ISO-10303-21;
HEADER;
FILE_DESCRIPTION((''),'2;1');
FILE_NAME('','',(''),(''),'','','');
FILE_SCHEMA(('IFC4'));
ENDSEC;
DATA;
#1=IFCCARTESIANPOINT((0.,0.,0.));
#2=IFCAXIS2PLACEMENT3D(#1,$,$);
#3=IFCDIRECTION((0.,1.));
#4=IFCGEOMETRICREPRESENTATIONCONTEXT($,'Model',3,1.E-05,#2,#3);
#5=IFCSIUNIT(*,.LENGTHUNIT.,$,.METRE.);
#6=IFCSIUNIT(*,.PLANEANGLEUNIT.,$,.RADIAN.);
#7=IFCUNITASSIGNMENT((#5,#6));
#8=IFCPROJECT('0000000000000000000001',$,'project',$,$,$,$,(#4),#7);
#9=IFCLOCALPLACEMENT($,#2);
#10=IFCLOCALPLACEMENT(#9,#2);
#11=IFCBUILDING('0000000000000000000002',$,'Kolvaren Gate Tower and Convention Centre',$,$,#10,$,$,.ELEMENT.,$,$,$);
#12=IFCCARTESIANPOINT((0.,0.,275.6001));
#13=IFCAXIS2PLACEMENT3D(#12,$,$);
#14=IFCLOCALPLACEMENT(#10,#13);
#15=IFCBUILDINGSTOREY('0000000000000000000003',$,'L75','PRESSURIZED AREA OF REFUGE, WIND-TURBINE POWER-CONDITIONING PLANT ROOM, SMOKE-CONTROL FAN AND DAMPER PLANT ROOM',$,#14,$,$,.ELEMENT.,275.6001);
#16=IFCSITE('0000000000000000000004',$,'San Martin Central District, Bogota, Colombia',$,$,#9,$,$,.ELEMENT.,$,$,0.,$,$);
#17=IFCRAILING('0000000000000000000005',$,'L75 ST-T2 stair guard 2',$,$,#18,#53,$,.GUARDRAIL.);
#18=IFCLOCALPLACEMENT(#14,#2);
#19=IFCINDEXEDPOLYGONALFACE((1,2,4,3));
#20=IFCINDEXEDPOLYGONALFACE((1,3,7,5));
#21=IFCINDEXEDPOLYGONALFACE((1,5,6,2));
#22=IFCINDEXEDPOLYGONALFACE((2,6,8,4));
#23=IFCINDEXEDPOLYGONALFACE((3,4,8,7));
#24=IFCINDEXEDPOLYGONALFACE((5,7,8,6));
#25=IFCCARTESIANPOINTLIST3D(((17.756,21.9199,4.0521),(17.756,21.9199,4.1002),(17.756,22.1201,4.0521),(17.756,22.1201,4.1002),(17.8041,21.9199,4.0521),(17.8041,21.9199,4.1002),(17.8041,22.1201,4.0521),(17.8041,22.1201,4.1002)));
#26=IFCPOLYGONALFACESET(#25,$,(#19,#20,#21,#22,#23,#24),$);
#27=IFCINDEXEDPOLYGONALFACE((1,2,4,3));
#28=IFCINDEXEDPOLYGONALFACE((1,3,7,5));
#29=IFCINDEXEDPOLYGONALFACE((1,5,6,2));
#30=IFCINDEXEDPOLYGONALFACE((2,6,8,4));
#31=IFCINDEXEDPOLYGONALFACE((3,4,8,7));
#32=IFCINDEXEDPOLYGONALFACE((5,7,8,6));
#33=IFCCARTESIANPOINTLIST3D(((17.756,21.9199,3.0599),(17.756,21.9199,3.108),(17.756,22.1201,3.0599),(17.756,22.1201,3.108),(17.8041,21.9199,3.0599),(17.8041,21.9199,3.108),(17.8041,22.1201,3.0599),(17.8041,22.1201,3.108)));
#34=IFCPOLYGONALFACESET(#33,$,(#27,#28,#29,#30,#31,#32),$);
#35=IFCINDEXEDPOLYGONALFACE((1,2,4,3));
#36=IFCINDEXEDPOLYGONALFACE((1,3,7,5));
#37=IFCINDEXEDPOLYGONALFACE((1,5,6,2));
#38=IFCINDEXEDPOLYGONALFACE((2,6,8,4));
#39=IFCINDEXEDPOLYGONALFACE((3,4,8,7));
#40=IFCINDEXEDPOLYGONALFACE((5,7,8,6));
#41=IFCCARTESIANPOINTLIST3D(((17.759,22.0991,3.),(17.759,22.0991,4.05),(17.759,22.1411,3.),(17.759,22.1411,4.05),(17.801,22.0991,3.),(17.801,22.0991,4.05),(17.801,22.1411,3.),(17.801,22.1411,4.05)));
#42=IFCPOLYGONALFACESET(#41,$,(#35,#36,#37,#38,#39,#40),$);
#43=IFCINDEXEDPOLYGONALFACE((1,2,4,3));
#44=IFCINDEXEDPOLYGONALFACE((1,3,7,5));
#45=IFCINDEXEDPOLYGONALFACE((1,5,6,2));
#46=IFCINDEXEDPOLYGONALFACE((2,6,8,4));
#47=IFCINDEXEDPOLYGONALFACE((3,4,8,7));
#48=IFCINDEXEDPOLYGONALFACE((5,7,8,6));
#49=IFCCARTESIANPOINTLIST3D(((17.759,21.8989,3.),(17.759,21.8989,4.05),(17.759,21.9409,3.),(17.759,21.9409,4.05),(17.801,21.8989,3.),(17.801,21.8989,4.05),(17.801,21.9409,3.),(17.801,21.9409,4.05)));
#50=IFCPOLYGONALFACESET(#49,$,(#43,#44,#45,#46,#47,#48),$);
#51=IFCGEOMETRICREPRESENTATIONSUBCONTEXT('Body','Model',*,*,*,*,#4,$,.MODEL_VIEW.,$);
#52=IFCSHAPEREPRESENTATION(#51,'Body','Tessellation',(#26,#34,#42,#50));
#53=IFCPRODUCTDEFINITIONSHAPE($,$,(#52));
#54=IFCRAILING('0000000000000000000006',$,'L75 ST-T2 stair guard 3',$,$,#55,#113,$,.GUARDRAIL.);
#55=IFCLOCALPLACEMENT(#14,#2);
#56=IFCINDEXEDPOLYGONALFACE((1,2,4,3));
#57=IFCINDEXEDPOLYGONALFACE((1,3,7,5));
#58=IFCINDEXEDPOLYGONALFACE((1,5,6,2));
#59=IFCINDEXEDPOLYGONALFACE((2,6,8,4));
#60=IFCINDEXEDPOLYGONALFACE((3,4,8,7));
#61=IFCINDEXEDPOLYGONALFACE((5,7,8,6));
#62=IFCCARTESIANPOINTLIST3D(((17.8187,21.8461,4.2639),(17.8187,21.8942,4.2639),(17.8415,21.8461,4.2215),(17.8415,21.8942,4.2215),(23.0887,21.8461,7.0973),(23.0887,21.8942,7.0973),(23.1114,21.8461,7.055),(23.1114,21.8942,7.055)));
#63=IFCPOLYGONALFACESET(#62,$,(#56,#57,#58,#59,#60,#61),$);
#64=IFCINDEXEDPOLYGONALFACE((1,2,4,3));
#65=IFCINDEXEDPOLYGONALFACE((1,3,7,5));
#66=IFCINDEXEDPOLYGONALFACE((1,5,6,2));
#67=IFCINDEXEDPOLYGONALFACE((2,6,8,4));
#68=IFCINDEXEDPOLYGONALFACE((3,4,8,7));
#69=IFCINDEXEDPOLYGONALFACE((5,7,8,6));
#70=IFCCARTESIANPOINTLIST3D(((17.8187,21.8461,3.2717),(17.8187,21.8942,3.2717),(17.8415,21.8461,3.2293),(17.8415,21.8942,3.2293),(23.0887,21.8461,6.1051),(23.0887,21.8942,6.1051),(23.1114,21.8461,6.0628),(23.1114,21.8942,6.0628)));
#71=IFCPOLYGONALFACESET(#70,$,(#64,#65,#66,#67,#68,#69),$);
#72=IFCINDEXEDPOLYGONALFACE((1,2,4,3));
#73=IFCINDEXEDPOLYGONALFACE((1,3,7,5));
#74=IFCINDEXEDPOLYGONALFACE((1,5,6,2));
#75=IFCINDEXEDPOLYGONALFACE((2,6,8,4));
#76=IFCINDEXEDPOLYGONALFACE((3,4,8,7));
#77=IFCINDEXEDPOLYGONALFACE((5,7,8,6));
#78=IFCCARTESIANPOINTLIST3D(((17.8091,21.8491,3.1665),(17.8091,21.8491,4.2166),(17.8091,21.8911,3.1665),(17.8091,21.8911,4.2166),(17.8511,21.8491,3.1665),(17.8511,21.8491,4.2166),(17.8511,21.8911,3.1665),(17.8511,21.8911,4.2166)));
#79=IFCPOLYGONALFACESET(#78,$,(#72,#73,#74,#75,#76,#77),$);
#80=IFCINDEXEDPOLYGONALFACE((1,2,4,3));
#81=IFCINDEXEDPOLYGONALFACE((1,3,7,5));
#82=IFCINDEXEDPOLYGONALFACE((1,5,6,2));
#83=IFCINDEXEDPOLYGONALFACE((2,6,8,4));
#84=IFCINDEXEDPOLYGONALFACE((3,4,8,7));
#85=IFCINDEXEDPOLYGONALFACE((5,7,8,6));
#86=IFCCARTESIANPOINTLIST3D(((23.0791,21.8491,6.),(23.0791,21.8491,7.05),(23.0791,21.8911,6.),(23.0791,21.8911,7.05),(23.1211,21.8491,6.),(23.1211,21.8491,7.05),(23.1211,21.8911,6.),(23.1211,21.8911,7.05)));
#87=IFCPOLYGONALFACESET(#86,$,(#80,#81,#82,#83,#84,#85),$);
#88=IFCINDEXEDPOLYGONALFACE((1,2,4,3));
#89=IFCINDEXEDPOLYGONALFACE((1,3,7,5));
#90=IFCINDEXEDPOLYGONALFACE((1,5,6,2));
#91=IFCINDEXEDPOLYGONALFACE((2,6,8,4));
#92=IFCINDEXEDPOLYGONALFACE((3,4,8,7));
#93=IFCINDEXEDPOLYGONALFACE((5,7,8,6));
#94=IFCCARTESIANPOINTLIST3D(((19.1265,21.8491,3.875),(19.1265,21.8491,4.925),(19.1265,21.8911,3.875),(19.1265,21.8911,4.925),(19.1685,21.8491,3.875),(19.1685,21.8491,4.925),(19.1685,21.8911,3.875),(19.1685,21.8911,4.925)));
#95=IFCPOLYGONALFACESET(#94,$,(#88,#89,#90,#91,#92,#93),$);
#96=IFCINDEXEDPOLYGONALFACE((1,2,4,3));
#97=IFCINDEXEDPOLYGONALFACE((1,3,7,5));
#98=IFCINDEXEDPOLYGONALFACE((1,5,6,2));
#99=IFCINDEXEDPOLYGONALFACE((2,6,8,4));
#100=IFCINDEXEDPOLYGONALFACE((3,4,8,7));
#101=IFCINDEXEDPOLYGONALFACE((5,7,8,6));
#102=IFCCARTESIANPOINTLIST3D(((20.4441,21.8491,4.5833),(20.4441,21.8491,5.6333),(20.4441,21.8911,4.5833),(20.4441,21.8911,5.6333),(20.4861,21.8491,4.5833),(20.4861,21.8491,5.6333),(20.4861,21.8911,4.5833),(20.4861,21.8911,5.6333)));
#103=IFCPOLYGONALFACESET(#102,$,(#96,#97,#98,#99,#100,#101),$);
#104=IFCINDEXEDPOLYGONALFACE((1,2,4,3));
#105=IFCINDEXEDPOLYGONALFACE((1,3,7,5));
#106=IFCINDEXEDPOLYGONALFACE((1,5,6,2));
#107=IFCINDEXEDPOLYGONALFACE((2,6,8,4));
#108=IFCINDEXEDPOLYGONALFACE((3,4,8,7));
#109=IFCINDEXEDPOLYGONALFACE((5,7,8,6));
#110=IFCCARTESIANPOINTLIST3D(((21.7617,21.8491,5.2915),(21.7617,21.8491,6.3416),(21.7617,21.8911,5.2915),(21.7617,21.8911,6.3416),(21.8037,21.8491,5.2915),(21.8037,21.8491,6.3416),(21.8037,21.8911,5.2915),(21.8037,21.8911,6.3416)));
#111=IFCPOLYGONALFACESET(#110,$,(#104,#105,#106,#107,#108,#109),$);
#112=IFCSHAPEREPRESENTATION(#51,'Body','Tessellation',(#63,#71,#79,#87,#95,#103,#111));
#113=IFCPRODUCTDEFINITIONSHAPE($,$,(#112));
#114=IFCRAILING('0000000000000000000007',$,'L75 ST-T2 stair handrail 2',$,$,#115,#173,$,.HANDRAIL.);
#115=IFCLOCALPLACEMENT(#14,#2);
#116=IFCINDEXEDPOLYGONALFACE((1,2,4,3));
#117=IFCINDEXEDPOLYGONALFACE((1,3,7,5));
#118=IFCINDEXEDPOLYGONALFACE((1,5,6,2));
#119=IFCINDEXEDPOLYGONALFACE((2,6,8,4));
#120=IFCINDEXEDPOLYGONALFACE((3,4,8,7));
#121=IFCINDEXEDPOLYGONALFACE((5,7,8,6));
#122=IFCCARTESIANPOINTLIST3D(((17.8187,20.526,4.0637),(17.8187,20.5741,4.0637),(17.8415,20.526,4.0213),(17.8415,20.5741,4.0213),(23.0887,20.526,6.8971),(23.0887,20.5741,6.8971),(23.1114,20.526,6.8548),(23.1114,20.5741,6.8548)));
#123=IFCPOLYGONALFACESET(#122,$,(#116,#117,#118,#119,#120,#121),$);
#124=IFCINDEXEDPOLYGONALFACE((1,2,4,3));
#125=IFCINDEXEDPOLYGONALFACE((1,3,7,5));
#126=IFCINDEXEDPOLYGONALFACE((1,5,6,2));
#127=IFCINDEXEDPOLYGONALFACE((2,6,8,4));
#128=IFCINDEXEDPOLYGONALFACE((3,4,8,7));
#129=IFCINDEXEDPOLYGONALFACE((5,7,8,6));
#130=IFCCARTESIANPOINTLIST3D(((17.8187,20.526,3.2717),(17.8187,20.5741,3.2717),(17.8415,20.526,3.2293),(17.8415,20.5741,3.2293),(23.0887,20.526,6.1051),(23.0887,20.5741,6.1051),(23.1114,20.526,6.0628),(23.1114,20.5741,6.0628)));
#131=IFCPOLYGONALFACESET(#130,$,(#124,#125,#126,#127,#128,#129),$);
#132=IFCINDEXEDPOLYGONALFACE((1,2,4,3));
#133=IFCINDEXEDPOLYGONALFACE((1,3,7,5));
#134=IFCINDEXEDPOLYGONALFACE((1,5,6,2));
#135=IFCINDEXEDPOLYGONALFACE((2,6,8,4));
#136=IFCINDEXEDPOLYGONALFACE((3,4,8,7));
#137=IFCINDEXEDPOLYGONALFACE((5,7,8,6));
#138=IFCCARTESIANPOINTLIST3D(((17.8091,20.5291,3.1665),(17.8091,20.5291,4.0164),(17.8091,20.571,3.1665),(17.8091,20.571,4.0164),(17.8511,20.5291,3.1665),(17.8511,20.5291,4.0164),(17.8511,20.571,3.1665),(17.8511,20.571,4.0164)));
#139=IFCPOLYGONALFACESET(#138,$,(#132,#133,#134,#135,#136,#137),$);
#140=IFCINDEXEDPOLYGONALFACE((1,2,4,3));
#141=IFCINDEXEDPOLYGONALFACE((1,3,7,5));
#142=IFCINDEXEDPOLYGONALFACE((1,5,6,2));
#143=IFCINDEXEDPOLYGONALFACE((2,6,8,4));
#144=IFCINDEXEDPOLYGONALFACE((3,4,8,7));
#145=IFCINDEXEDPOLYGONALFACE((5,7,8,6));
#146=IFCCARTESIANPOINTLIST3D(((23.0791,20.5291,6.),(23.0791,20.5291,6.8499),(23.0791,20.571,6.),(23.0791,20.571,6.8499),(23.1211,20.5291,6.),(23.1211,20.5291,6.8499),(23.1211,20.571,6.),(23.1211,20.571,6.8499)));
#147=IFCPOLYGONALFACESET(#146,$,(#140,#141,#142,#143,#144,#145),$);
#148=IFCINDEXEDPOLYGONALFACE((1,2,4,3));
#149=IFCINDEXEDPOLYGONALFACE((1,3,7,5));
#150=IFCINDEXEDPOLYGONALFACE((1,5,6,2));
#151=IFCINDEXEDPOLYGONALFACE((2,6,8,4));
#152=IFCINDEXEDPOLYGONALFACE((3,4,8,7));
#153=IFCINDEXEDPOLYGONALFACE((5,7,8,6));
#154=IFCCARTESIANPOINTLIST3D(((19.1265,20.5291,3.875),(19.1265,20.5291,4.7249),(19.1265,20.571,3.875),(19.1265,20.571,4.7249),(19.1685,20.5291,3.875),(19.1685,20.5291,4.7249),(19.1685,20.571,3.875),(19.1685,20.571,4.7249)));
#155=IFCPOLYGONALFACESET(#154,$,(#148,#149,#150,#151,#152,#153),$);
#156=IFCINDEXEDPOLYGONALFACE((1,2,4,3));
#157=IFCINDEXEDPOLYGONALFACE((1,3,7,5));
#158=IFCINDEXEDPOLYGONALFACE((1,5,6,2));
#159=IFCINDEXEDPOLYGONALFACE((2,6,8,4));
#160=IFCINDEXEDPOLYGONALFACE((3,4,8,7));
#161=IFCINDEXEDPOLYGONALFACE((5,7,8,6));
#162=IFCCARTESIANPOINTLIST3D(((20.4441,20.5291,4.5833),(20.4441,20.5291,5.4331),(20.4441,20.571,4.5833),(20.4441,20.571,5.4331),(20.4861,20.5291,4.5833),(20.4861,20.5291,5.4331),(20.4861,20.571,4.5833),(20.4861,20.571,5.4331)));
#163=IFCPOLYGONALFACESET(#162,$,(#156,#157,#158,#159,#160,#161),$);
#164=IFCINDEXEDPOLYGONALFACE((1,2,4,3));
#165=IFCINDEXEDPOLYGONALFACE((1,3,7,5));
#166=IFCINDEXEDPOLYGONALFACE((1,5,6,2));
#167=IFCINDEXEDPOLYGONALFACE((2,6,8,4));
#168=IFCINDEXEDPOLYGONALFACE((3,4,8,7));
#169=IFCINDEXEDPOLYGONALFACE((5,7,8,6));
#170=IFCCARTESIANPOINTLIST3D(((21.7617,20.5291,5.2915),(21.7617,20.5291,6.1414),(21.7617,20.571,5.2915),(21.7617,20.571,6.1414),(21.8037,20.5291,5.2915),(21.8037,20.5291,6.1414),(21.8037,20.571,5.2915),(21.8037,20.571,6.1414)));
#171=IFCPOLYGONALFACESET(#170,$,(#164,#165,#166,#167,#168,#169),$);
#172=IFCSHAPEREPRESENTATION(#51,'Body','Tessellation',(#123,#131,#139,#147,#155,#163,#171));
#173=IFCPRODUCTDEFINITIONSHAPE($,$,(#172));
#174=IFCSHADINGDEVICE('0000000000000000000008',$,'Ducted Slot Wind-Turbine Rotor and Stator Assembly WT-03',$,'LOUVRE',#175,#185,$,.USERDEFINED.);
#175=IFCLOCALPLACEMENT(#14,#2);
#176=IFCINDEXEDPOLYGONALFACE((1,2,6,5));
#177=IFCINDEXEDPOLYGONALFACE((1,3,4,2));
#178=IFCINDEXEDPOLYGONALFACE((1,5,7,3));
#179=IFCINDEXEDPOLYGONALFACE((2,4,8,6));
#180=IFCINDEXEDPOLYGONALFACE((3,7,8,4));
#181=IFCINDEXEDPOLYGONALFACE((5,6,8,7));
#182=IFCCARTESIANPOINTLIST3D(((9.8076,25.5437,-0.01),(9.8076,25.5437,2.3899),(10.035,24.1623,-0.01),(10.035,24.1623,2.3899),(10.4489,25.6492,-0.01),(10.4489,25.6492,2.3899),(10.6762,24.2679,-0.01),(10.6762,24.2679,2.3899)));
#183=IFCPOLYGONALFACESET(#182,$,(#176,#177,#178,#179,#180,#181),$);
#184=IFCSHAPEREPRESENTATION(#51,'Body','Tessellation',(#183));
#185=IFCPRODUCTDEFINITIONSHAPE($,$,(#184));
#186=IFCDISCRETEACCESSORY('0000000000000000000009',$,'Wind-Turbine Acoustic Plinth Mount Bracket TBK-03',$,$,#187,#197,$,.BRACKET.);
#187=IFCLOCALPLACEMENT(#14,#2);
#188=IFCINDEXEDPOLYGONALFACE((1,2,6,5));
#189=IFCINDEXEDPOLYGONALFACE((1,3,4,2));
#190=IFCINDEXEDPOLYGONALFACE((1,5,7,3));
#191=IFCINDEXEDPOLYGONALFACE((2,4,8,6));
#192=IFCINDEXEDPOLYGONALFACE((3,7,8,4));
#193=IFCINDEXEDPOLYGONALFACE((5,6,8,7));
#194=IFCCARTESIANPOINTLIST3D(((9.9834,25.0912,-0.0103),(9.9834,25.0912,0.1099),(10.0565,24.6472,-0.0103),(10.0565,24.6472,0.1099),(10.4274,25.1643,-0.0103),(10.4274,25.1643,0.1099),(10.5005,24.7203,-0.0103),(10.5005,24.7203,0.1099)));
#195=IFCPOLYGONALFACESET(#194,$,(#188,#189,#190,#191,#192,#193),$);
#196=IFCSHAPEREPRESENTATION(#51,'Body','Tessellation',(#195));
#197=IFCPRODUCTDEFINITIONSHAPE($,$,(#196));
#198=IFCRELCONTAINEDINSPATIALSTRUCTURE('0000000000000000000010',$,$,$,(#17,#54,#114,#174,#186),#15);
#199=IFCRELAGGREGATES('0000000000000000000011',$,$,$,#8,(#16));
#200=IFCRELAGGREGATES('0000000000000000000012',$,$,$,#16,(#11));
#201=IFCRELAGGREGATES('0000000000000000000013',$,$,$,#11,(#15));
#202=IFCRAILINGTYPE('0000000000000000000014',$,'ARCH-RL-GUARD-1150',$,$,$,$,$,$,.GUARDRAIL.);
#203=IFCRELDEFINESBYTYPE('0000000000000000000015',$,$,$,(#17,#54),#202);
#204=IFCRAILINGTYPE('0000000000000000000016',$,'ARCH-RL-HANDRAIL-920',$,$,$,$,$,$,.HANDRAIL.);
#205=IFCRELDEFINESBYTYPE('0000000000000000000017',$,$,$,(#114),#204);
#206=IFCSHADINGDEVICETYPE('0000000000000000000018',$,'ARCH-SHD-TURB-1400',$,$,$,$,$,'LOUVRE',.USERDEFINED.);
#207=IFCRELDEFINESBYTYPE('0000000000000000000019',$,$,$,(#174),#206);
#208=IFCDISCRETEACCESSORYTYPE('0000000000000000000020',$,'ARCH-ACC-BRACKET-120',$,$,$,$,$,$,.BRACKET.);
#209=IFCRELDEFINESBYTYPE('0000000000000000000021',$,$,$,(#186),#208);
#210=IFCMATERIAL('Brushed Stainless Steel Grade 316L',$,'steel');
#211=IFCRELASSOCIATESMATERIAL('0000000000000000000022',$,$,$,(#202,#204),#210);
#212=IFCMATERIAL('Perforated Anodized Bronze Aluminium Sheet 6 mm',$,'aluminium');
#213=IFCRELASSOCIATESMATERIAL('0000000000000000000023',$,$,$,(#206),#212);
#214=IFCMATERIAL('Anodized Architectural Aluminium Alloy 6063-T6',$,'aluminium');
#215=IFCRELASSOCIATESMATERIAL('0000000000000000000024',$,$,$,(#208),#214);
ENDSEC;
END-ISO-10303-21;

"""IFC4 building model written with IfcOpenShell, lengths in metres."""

from ifc_helpers import new_model, si_unit, direction, frame, origin, origin_2d, place, context, subcontext, project, spatial, rectangle, extrude, material, type_object, element, save


model = new_model("IFC4")

# Units and contexts
model_context = context("Model", 3, precision=1e-05, world=origin(), true_north=direction((0.0, 1.0)))
body_context = subcontext(model_context, "Body", "Model", "MODEL_VIEW")
ifc_project = project(units=[si_unit("LENGTHUNIT", "METRE"), si_unit("PLANEANGLEUNIT", "RADIAN")], contexts=[model_context])

# Site, building, storey
site_placement = place(None, origin())
site = spatial("IfcSite", under=ifc_project, at=site_placement, Name="San Martin Central District, Bogota, Colombia", CompositionType="ELEMENT", RefElevation=0.0)
building_placement = place(site_placement, origin())
building = spatial("IfcBuilding", under=site, at=building_placement, Name="Kolvaren Gate Tower and Convention Centre", CompositionType="ELEMENT")
storey_placement = place(building_placement, frame((0.0, 0.0, 275.6001)))
storey = spatial("IfcBuildingStorey", under=building, at=storey_placement, Name="L75", Description="PRESSURIZED AREA OF REFUGE, WIND-TURBINE POWER-CONDITIONING PLANT ROOM, SMOKE-CONTROL FAN AND DAMPER PLANT ROOM", CompositionType="ELEMENT", Elevation=275.6001)

# Shared definitions
ifc_material_1 = material(Name="Perforated Anodized Bronze Aluminium Sheet 6 mm", Category="aluminium")

# Railings
ifc_material_2 = material(Name="Brushed Stainless Steel Grade 316L", Category="steel")
railing_type_1 = type_object("IfcRailingType", Name="ARCH-RL-GUARD-1150", PredefinedType="GUARDRAIL", material=ifc_material_2)
railing_1_placement = place(storey_placement, frame((17.78, 22.1201, 3.0)))
element("IfcRailing", 1, at=railing_1_placement, inside=storey, type_object=railing_type_1, Name="L75 ST-T2 stair guard 2", PredefinedType="GUARDRAIL", context=body_context, shape_type="SweptSolid", body=[
    extrude(rectangle(XDim=0.0481, YDim=0.0481, at=origin_2d()), frame((0.0, 0.0, 1.0762), z_axis=(0.0, -1.0, 0.0), x_axis=(1.0, 0.0, 0.0)), (0.0, 0.0, 1.0), 0.2002),
    extrude(rectangle(XDim=0.0481, YDim=0.0481, at=origin_2d()), frame((0.0, 0.0, 0.084), z_axis=(0.0, -1.0, 0.0), x_axis=(1.0, 0.0, 0.0)), (0.0, 0.0, 1.0), 0.2002),
    extrude(rectangle(XDim=0.042, YDim=0.042, at=origin_2d()), origin(), (0.0, 0.0, 1.0), 1.05),
    extrude(rectangle(XDim=0.042, YDim=0.042, at=origin_2d()), frame((0.0, -0.2002, 0.0)), (0.0, 0.0, 1.0), 1.05),
])
railing_2_placement = place(storey_placement, frame((17.8301, 21.8701, 3.1665)))
element("IfcRailing", 2, at=railing_2_placement, inside=storey, type_object=railing_type_1, Name="L75 ST-T2 stair guard 3", PredefinedType="GUARDRAIL", context=body_context, shape_type="SweptSolid", body=[
    extrude(rectangle(XDim=0.0481, YDim=0.0481, at=origin_2d()), frame((0.0, 0.0, 1.0762), z_axis=(0.880764, 0.0, 0.473555), x_axis=(0.0, 1.0, 0.0)), (0.0, 0.0, 1.0), 5.9834),
    extrude(rectangle(XDim=0.0481, YDim=0.0481, at=origin_2d()), frame((0.0, 0.0, 0.084), z_axis=(0.880764, 0.0, 0.473555), x_axis=(0.0, 1.0, 0.0)), (0.0, 0.0, 1.0), 5.9834),
    extrude(rectangle(XDim=0.042, YDim=0.042, at=origin_2d()), origin(), (0.0, 0.0, 1.0), 1.05),
    extrude(rectangle(XDim=0.042, YDim=0.042, at=origin_2d()), frame((5.27, 0.0, 2.8335)), (0.0, 0.0, 1.0), 1.05),
    extrude(rectangle(XDim=0.042, YDim=0.042, at=origin_2d()), frame((1.3174, 0.0, 0.7085)), (0.0, 0.0, 1.0), 1.05),
    extrude(rectangle(XDim=0.042, YDim=0.042, at=origin_2d()), frame((2.635, 0.0, 1.4167)), (0.0, 0.0, 1.0), 1.05),
    extrude(rectangle(XDim=0.042, YDim=0.042, at=origin_2d()), frame((3.9526, 0.0, 2.125)), (0.0, 0.0, 1.0), 1.05),
])
railing_type_2 = type_object("IfcRailingType", Name="ARCH-RL-HANDRAIL-920", PredefinedType="HANDRAIL", material=ifc_material_2)
railing_3_placement = place(storey_placement, frame((17.8301, 20.55, 3.1665)))
element("IfcRailing", 3, at=railing_3_placement, inside=storey, type_object=railing_type_2, Name="L75 ST-T2 stair handrail 2", PredefinedType="HANDRAIL", context=body_context, shape_type="SweptSolid", body=[
    extrude(rectangle(XDim=0.0481, YDim=0.0481, at=origin_2d()), frame((0.0, 0.0, 0.876), z_axis=(0.880764, 0.0, 0.473555), x_axis=(0.0, 1.0, 0.0)), (0.0, 0.0, 1.0), 5.9834),
    extrude(rectangle(XDim=0.0481, YDim=0.0481, at=origin_2d()), frame((0.0, 0.0, 0.084), z_axis=(0.880764, 0.0, 0.473555), x_axis=(0.0, 1.0, 0.0)), (0.0, 0.0, 1.0), 5.9834),
    extrude(rectangle(XDim=0.042, YDim=0.042, at=origin_2d()), origin(), (0.0, 0.0, 1.0), 0.8499),
    extrude(rectangle(XDim=0.042, YDim=0.042, at=origin_2d()), frame((5.27, 0.0, 2.8335)), (0.0, 0.0, 1.0), 0.8499),
    extrude(rectangle(XDim=0.042, YDim=0.042, at=origin_2d()), frame((1.3174, 0.0, 0.7085)), (0.0, 0.0, 1.0), 0.8499),
    extrude(rectangle(XDim=0.042, YDim=0.042, at=origin_2d()), frame((2.635, 0.0, 1.4167)), (0.0, 0.0, 1.0), 0.8499),
    extrude(rectangle(XDim=0.042, YDim=0.042, at=origin_2d()), frame((3.9526, 0.0, 2.125)), (0.0, 0.0, 1.0), 0.8499),
])

# Shading device
shading_device_type = type_object("IfcShadingDeviceType", Name="ARCH-SHD-TURB-1400", ElementType="LOUVRE", PredefinedType="USERDEFINED", material=ifc_material_1)
shading_device_placement = place(storey_placement, frame((10.2419, 24.9058, -0.01), z_axis=(0.0, 0.0, 1.0), x_axis=(0.162386, -0.986727, 0.0)))
element("IfcShadingDevice", 4, at=shading_device_placement, inside=storey, type_object=shading_device_type, Name="Ducted Slot Wind-Turbine Rotor and Stator Assembly WT-03", ObjectType="LOUVRE", PredefinedType="USERDEFINED", context=body_context, shape_type="SweptSolid", body=[
    extrude(rectangle(XDim=1.3999, YDim=0.6499, at=origin_2d()), origin(), (0.0, 0.0, 1.0), 2.3999),
])

# Discrete accessory
ifc_material_3 = material(Name="Anodized Architectural Aluminium Alloy 6063-T6", Category="aluminium")
discrete_accessory_type = type_object("IfcDiscreteAccessoryType", Name="ARCH-ACC-BRACKET-120", PredefinedType="BRACKET", material=ifc_material_3)
discrete_accessory_placement = place(storey_placement, frame((10.2419, 24.9058, -0.0103), z_axis=(0.0, 0.0, 1.0), x_axis=(0.162386, -0.986727, 0.0)))
element("IfcDiscreteAccessory", 5, at=discrete_accessory_placement, inside=storey, type_object=discrete_accessory_type, Name="Wind-Turbine Acoustic Plinth Mount Bracket TBK-03", PredefinedType="BRACKET", context=body_context, shape_type="SweptSolid", body=[
    extrude(rectangle(XDim=0.45, YDim=0.45, at=origin_2d()), origin(), (0.0, 0.0, 1.0), 0.1201),
])

save(model, "model.ifc")
